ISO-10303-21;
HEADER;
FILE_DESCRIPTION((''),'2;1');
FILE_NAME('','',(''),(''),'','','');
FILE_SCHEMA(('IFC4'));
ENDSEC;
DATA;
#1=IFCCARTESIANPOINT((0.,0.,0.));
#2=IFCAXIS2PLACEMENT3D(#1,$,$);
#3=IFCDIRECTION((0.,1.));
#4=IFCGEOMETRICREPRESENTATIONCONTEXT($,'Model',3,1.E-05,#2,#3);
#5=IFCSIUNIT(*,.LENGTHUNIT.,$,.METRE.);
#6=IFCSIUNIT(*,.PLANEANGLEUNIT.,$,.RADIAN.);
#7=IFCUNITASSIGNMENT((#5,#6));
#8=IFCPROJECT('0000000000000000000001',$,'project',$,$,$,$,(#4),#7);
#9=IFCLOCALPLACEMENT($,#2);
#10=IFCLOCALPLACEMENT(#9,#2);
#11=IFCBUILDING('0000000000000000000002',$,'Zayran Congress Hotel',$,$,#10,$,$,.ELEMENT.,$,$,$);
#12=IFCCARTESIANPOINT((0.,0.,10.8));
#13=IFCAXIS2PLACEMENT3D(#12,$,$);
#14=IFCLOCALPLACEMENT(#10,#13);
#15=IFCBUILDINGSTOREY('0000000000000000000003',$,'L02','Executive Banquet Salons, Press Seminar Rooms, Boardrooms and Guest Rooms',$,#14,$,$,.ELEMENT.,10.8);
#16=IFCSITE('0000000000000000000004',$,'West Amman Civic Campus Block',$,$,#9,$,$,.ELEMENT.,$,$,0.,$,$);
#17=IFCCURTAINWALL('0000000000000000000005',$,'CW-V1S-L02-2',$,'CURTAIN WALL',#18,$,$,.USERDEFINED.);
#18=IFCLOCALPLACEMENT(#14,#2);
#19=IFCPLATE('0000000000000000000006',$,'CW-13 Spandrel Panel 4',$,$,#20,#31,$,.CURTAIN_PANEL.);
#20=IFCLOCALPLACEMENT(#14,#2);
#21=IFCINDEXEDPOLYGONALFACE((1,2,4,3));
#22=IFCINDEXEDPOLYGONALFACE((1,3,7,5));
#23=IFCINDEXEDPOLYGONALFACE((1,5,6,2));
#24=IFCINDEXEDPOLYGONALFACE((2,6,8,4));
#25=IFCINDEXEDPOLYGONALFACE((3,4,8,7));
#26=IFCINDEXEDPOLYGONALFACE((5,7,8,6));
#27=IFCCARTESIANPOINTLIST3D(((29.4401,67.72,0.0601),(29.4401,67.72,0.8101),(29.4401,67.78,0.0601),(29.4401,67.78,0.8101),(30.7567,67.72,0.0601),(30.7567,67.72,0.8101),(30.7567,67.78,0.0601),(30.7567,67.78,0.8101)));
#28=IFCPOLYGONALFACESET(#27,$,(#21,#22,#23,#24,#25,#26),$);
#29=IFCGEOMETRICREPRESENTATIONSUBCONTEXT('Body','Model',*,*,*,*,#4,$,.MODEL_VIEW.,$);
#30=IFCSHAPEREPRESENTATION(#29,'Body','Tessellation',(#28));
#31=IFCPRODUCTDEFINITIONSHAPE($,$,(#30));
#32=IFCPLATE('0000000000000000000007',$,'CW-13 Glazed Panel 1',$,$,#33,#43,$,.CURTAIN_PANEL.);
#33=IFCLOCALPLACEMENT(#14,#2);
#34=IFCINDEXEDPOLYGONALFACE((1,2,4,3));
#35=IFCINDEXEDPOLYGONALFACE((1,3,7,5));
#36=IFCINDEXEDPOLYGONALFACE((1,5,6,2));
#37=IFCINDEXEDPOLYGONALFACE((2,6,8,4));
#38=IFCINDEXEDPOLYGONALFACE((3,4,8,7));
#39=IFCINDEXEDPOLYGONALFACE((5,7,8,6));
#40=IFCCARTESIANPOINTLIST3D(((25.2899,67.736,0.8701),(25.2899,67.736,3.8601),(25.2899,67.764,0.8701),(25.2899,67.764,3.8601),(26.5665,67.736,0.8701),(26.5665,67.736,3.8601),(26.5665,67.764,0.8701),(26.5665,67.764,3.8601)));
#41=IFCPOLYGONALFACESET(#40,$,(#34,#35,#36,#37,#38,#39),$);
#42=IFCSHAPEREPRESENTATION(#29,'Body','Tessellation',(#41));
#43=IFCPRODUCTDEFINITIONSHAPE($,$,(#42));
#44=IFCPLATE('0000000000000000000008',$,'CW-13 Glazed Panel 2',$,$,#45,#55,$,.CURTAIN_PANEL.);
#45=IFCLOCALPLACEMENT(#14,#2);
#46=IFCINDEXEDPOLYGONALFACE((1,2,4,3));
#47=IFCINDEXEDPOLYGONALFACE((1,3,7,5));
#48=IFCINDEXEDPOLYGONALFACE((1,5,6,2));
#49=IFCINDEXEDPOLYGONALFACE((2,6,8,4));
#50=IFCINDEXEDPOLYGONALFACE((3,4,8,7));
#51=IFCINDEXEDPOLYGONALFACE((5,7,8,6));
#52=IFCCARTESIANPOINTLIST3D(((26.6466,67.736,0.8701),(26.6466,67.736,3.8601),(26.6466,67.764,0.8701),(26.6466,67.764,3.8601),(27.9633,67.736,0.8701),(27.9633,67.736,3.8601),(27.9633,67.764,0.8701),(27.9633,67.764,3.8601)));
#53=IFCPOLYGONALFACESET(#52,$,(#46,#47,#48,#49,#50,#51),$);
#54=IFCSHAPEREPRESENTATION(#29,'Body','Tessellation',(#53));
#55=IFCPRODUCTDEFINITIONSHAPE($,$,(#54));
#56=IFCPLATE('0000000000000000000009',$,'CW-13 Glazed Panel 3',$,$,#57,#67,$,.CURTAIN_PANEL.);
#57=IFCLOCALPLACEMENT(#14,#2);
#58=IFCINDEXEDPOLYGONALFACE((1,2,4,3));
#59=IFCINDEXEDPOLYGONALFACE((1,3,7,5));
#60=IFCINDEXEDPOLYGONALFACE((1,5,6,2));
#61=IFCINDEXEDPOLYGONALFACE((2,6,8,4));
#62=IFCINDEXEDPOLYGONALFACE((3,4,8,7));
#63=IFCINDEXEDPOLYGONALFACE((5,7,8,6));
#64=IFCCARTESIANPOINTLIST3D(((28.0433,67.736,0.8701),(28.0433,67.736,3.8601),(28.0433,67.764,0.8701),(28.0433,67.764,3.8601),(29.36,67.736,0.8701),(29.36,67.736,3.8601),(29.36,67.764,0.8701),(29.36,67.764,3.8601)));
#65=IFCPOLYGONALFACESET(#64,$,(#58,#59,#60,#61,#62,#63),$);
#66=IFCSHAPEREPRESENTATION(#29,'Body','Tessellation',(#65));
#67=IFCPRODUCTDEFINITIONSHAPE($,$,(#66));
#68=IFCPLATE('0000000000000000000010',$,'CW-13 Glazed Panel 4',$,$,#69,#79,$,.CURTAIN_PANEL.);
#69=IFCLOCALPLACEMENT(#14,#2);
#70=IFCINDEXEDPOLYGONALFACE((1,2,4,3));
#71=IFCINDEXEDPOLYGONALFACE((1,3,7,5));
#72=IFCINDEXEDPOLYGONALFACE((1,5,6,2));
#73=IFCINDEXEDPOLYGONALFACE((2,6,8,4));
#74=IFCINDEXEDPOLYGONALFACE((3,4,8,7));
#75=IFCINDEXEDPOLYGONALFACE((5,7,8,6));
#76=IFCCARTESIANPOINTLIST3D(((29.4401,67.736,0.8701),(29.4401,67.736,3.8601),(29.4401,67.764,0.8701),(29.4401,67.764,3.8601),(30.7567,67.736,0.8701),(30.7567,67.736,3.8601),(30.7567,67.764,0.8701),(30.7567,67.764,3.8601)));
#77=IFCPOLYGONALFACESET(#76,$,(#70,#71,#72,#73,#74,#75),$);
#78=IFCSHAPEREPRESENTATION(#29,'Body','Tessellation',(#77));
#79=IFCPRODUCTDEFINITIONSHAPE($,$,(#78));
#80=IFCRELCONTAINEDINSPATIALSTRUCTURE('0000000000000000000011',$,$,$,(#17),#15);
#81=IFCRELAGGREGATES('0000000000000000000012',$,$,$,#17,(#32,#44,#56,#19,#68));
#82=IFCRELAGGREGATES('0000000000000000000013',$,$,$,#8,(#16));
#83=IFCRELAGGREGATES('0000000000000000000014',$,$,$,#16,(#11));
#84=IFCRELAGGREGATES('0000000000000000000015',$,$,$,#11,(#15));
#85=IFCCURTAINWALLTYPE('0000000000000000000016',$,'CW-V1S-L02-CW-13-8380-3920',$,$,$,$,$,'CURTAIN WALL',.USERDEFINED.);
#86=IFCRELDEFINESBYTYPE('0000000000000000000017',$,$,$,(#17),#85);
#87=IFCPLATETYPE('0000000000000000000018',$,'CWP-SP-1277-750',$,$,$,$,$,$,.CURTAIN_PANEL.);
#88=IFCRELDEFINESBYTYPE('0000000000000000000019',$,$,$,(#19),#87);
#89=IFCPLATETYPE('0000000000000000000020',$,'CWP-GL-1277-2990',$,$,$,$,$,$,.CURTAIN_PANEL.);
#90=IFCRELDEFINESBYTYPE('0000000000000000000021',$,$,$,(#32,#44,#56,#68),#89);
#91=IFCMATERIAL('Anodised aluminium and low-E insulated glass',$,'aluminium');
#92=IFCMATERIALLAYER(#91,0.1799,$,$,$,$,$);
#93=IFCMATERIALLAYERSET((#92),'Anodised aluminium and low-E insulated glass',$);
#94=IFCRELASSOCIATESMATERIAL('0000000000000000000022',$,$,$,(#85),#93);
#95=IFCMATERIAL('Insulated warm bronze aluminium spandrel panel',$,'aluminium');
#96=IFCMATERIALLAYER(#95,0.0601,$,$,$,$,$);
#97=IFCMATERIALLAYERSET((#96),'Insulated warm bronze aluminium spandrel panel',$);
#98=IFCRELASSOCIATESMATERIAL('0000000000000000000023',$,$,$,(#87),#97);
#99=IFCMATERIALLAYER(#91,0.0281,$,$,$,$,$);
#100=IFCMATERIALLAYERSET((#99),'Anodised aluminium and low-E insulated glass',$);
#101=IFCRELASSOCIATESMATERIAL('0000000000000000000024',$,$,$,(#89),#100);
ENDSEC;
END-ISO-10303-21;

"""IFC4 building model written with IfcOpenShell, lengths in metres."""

from ifc_helpers import new_model, si_unit, direction, frame, origin, origin_2d, place, context, subcontext, project, spatial, rectangle, extrude, material, layer, layer_set, type_object, element, aggregate, save


model = new_model("IFC4")

# Units and contexts
model_context = context("Model", 3, precision=1e-05, world=origin(), true_north=direction((0.0, 1.0)))
body_context = subcontext(model_context, "Body", "Model", "MODEL_VIEW")
ifc_project = project(units=[si_unit("LENGTHUNIT", "METRE"), si_unit("PLANEANGLEUNIT", "RADIAN")], contexts=[model_context])

# Site, building, storey
site_placement = place(None, origin())
site = spatial("IfcSite", under=ifc_project, at=site_placement, Name="West Amman Civic Campus Block", CompositionType="ELEMENT", RefElevation=0.0)
building_placement = place(site_placement, origin())
building = spatial("IfcBuilding", under=site, at=building_placement, Name="Zayran Congress Hotel", CompositionType="ELEMENT")
storey_placement = place(building_placement, frame((0.0, 0.0, 10.8)))
storey = spatial("IfcBuildingStorey", under=building, at=storey_placement, Name="L02", Description="Executive Banquet Salons, Press Seminar Rooms, Boardrooms and Guest Rooms", CompositionType="ELEMENT", Elevation=10.8)

# Curtain wall, plates
ifc_material_1 = material(Name="Anodised aluminium and low-E insulated glass", Category="aluminium")
ifc_layer_1 = layer(ifc_material_1, 0.1799)
ifc_layer_set_1 = layer_set([ifc_layer_1], Name="Anodised aluminium and low-E insulated glass")
curtain_wall_type = type_object("IfcCurtainWallType", Name="CW-V1S-L02-CW-13-8380-3920", ElementType="CURTAIN WALL", PredefinedType="USERDEFINED", material=ifc_layer_set_1)
curtain_wall_placement = place(storey_placement, origin())
curtain_wall = element("IfcCurtainWall", 1, at=curtain_wall_placement, inside=storey, type_object=curtain_wall_type, Name="CW-V1S-L02-2", ObjectType="CURTAIN WALL", PredefinedType="USERDEFINED")
ifc_material_2 = material(Name="Insulated warm bronze aluminium spandrel panel", Category="aluminium")
ifc_layer_2 = layer(ifc_material_2, 0.0601)
ifc_layer_set_2 = layer_set([ifc_layer_2], Name="Insulated warm bronze aluminium spandrel panel")
plate_type_1 = type_object("IfcPlateType", Name="CWP-SP-1277-750", PredefinedType="CURTAIN_PANEL", material=ifc_layer_set_2)
plate_1_placement = place(storey_placement, frame((30.0984, 67.75, 0.0601), z_axis=(0.0, 0.0, 1.0), x_axis=(1.0, 0.0, 0.0)))
plate_1 = element("IfcPlate", 2, at=plate_1_placement, type_object=plate_type_1, Name="CW-13 Spandrel Panel 4", PredefinedType="CURTAIN_PANEL", context=body_context, shape_type="SweptSolid", body=[
    extrude(rectangle(XDim=1.3167, YDim=0.0601, at=origin_2d()), origin(), (0.0, 0.0, 1.0), 0.75),
])
ifc_layer_3 = layer(ifc_material_1, 0.0281)
ifc_layer_set_3 = layer_set([ifc_layer_3], Name="Anodised aluminium and low-E insulated glass")
plate_type_2 = type_object("IfcPlateType", Name="CWP-GL-1277-2990", PredefinedType="CURTAIN_PANEL", material=ifc_layer_set_3)
plate_2_placement = place(storey_placement, frame((25.9282, 67.75, 0.8701), z_axis=(0.0, 0.0, 1.0), x_axis=(1.0, 0.0, 0.0)))
plate_2 = element("IfcPlate", 3, at=plate_2_placement, type_object=plate_type_2, Name="CW-13 Glazed Panel 1", PredefinedType="CURTAIN_PANEL", context=body_context, shape_type="SweptSolid", body=[
    extrude(rectangle(XDim=1.2766, YDim=0.0281, at=origin_2d()), origin(), (0.0, 0.0, 1.0), 2.99),
])
plate_3_placement = place(storey_placement, frame((27.3049, 67.75, 0.8701), z_axis=(0.0, 0.0, 1.0), x_axis=(1.0, 0.0, 0.0)))
plate_3 = element("IfcPlate", 4, at=plate_3_placement, type_object=plate_type_2, Name="CW-13 Glazed Panel 2", PredefinedType="CURTAIN_PANEL", context=body_context, shape_type="SweptSolid", body=[
    extrude(rectangle(XDim=1.3167, YDim=0.0281, at=origin_2d()), origin(), (0.0, 0.0, 1.0), 2.99),
])
plate_4_placement = place(storey_placement, frame((28.7017, 67.75, 0.8701), z_axis=(0.0, 0.0, 1.0), x_axis=(1.0, 0.0, 0.0)))
plate_4 = element("IfcPlate", 5, at=plate_4_placement, type_object=plate_type_2, Name="CW-13 Glazed Panel 3", PredefinedType="CURTAIN_PANEL", context=body_context, shape_type="SweptSolid", body=[
    extrude(rectangle(XDim=1.3167, YDim=0.0281, at=origin_2d()), origin(), (0.0, 0.0, 1.0), 2.99),
])
plate_5_placement = place(storey_placement, frame((30.0984, 67.75, 0.8701), z_axis=(0.0, 0.0, 1.0), x_axis=(1.0, 0.0, 0.0)))
plate_5 = element("IfcPlate", 6, at=plate_5_placement, type_object=plate_type_2, Name="CW-13 Glazed Panel 4", PredefinedType="CURTAIN_PANEL", context=body_context, shape_type="SweptSolid", body=[
    extrude(rectangle(XDim=1.3167, YDim=0.0281, at=origin_2d()), origin(), (0.0, 0.0, 1.0), 2.99),
])
aggregate(curtain_wall, [plate_2, plate_3, plate_4, plate_1, plate_5])

save(model, "model.ifc")
